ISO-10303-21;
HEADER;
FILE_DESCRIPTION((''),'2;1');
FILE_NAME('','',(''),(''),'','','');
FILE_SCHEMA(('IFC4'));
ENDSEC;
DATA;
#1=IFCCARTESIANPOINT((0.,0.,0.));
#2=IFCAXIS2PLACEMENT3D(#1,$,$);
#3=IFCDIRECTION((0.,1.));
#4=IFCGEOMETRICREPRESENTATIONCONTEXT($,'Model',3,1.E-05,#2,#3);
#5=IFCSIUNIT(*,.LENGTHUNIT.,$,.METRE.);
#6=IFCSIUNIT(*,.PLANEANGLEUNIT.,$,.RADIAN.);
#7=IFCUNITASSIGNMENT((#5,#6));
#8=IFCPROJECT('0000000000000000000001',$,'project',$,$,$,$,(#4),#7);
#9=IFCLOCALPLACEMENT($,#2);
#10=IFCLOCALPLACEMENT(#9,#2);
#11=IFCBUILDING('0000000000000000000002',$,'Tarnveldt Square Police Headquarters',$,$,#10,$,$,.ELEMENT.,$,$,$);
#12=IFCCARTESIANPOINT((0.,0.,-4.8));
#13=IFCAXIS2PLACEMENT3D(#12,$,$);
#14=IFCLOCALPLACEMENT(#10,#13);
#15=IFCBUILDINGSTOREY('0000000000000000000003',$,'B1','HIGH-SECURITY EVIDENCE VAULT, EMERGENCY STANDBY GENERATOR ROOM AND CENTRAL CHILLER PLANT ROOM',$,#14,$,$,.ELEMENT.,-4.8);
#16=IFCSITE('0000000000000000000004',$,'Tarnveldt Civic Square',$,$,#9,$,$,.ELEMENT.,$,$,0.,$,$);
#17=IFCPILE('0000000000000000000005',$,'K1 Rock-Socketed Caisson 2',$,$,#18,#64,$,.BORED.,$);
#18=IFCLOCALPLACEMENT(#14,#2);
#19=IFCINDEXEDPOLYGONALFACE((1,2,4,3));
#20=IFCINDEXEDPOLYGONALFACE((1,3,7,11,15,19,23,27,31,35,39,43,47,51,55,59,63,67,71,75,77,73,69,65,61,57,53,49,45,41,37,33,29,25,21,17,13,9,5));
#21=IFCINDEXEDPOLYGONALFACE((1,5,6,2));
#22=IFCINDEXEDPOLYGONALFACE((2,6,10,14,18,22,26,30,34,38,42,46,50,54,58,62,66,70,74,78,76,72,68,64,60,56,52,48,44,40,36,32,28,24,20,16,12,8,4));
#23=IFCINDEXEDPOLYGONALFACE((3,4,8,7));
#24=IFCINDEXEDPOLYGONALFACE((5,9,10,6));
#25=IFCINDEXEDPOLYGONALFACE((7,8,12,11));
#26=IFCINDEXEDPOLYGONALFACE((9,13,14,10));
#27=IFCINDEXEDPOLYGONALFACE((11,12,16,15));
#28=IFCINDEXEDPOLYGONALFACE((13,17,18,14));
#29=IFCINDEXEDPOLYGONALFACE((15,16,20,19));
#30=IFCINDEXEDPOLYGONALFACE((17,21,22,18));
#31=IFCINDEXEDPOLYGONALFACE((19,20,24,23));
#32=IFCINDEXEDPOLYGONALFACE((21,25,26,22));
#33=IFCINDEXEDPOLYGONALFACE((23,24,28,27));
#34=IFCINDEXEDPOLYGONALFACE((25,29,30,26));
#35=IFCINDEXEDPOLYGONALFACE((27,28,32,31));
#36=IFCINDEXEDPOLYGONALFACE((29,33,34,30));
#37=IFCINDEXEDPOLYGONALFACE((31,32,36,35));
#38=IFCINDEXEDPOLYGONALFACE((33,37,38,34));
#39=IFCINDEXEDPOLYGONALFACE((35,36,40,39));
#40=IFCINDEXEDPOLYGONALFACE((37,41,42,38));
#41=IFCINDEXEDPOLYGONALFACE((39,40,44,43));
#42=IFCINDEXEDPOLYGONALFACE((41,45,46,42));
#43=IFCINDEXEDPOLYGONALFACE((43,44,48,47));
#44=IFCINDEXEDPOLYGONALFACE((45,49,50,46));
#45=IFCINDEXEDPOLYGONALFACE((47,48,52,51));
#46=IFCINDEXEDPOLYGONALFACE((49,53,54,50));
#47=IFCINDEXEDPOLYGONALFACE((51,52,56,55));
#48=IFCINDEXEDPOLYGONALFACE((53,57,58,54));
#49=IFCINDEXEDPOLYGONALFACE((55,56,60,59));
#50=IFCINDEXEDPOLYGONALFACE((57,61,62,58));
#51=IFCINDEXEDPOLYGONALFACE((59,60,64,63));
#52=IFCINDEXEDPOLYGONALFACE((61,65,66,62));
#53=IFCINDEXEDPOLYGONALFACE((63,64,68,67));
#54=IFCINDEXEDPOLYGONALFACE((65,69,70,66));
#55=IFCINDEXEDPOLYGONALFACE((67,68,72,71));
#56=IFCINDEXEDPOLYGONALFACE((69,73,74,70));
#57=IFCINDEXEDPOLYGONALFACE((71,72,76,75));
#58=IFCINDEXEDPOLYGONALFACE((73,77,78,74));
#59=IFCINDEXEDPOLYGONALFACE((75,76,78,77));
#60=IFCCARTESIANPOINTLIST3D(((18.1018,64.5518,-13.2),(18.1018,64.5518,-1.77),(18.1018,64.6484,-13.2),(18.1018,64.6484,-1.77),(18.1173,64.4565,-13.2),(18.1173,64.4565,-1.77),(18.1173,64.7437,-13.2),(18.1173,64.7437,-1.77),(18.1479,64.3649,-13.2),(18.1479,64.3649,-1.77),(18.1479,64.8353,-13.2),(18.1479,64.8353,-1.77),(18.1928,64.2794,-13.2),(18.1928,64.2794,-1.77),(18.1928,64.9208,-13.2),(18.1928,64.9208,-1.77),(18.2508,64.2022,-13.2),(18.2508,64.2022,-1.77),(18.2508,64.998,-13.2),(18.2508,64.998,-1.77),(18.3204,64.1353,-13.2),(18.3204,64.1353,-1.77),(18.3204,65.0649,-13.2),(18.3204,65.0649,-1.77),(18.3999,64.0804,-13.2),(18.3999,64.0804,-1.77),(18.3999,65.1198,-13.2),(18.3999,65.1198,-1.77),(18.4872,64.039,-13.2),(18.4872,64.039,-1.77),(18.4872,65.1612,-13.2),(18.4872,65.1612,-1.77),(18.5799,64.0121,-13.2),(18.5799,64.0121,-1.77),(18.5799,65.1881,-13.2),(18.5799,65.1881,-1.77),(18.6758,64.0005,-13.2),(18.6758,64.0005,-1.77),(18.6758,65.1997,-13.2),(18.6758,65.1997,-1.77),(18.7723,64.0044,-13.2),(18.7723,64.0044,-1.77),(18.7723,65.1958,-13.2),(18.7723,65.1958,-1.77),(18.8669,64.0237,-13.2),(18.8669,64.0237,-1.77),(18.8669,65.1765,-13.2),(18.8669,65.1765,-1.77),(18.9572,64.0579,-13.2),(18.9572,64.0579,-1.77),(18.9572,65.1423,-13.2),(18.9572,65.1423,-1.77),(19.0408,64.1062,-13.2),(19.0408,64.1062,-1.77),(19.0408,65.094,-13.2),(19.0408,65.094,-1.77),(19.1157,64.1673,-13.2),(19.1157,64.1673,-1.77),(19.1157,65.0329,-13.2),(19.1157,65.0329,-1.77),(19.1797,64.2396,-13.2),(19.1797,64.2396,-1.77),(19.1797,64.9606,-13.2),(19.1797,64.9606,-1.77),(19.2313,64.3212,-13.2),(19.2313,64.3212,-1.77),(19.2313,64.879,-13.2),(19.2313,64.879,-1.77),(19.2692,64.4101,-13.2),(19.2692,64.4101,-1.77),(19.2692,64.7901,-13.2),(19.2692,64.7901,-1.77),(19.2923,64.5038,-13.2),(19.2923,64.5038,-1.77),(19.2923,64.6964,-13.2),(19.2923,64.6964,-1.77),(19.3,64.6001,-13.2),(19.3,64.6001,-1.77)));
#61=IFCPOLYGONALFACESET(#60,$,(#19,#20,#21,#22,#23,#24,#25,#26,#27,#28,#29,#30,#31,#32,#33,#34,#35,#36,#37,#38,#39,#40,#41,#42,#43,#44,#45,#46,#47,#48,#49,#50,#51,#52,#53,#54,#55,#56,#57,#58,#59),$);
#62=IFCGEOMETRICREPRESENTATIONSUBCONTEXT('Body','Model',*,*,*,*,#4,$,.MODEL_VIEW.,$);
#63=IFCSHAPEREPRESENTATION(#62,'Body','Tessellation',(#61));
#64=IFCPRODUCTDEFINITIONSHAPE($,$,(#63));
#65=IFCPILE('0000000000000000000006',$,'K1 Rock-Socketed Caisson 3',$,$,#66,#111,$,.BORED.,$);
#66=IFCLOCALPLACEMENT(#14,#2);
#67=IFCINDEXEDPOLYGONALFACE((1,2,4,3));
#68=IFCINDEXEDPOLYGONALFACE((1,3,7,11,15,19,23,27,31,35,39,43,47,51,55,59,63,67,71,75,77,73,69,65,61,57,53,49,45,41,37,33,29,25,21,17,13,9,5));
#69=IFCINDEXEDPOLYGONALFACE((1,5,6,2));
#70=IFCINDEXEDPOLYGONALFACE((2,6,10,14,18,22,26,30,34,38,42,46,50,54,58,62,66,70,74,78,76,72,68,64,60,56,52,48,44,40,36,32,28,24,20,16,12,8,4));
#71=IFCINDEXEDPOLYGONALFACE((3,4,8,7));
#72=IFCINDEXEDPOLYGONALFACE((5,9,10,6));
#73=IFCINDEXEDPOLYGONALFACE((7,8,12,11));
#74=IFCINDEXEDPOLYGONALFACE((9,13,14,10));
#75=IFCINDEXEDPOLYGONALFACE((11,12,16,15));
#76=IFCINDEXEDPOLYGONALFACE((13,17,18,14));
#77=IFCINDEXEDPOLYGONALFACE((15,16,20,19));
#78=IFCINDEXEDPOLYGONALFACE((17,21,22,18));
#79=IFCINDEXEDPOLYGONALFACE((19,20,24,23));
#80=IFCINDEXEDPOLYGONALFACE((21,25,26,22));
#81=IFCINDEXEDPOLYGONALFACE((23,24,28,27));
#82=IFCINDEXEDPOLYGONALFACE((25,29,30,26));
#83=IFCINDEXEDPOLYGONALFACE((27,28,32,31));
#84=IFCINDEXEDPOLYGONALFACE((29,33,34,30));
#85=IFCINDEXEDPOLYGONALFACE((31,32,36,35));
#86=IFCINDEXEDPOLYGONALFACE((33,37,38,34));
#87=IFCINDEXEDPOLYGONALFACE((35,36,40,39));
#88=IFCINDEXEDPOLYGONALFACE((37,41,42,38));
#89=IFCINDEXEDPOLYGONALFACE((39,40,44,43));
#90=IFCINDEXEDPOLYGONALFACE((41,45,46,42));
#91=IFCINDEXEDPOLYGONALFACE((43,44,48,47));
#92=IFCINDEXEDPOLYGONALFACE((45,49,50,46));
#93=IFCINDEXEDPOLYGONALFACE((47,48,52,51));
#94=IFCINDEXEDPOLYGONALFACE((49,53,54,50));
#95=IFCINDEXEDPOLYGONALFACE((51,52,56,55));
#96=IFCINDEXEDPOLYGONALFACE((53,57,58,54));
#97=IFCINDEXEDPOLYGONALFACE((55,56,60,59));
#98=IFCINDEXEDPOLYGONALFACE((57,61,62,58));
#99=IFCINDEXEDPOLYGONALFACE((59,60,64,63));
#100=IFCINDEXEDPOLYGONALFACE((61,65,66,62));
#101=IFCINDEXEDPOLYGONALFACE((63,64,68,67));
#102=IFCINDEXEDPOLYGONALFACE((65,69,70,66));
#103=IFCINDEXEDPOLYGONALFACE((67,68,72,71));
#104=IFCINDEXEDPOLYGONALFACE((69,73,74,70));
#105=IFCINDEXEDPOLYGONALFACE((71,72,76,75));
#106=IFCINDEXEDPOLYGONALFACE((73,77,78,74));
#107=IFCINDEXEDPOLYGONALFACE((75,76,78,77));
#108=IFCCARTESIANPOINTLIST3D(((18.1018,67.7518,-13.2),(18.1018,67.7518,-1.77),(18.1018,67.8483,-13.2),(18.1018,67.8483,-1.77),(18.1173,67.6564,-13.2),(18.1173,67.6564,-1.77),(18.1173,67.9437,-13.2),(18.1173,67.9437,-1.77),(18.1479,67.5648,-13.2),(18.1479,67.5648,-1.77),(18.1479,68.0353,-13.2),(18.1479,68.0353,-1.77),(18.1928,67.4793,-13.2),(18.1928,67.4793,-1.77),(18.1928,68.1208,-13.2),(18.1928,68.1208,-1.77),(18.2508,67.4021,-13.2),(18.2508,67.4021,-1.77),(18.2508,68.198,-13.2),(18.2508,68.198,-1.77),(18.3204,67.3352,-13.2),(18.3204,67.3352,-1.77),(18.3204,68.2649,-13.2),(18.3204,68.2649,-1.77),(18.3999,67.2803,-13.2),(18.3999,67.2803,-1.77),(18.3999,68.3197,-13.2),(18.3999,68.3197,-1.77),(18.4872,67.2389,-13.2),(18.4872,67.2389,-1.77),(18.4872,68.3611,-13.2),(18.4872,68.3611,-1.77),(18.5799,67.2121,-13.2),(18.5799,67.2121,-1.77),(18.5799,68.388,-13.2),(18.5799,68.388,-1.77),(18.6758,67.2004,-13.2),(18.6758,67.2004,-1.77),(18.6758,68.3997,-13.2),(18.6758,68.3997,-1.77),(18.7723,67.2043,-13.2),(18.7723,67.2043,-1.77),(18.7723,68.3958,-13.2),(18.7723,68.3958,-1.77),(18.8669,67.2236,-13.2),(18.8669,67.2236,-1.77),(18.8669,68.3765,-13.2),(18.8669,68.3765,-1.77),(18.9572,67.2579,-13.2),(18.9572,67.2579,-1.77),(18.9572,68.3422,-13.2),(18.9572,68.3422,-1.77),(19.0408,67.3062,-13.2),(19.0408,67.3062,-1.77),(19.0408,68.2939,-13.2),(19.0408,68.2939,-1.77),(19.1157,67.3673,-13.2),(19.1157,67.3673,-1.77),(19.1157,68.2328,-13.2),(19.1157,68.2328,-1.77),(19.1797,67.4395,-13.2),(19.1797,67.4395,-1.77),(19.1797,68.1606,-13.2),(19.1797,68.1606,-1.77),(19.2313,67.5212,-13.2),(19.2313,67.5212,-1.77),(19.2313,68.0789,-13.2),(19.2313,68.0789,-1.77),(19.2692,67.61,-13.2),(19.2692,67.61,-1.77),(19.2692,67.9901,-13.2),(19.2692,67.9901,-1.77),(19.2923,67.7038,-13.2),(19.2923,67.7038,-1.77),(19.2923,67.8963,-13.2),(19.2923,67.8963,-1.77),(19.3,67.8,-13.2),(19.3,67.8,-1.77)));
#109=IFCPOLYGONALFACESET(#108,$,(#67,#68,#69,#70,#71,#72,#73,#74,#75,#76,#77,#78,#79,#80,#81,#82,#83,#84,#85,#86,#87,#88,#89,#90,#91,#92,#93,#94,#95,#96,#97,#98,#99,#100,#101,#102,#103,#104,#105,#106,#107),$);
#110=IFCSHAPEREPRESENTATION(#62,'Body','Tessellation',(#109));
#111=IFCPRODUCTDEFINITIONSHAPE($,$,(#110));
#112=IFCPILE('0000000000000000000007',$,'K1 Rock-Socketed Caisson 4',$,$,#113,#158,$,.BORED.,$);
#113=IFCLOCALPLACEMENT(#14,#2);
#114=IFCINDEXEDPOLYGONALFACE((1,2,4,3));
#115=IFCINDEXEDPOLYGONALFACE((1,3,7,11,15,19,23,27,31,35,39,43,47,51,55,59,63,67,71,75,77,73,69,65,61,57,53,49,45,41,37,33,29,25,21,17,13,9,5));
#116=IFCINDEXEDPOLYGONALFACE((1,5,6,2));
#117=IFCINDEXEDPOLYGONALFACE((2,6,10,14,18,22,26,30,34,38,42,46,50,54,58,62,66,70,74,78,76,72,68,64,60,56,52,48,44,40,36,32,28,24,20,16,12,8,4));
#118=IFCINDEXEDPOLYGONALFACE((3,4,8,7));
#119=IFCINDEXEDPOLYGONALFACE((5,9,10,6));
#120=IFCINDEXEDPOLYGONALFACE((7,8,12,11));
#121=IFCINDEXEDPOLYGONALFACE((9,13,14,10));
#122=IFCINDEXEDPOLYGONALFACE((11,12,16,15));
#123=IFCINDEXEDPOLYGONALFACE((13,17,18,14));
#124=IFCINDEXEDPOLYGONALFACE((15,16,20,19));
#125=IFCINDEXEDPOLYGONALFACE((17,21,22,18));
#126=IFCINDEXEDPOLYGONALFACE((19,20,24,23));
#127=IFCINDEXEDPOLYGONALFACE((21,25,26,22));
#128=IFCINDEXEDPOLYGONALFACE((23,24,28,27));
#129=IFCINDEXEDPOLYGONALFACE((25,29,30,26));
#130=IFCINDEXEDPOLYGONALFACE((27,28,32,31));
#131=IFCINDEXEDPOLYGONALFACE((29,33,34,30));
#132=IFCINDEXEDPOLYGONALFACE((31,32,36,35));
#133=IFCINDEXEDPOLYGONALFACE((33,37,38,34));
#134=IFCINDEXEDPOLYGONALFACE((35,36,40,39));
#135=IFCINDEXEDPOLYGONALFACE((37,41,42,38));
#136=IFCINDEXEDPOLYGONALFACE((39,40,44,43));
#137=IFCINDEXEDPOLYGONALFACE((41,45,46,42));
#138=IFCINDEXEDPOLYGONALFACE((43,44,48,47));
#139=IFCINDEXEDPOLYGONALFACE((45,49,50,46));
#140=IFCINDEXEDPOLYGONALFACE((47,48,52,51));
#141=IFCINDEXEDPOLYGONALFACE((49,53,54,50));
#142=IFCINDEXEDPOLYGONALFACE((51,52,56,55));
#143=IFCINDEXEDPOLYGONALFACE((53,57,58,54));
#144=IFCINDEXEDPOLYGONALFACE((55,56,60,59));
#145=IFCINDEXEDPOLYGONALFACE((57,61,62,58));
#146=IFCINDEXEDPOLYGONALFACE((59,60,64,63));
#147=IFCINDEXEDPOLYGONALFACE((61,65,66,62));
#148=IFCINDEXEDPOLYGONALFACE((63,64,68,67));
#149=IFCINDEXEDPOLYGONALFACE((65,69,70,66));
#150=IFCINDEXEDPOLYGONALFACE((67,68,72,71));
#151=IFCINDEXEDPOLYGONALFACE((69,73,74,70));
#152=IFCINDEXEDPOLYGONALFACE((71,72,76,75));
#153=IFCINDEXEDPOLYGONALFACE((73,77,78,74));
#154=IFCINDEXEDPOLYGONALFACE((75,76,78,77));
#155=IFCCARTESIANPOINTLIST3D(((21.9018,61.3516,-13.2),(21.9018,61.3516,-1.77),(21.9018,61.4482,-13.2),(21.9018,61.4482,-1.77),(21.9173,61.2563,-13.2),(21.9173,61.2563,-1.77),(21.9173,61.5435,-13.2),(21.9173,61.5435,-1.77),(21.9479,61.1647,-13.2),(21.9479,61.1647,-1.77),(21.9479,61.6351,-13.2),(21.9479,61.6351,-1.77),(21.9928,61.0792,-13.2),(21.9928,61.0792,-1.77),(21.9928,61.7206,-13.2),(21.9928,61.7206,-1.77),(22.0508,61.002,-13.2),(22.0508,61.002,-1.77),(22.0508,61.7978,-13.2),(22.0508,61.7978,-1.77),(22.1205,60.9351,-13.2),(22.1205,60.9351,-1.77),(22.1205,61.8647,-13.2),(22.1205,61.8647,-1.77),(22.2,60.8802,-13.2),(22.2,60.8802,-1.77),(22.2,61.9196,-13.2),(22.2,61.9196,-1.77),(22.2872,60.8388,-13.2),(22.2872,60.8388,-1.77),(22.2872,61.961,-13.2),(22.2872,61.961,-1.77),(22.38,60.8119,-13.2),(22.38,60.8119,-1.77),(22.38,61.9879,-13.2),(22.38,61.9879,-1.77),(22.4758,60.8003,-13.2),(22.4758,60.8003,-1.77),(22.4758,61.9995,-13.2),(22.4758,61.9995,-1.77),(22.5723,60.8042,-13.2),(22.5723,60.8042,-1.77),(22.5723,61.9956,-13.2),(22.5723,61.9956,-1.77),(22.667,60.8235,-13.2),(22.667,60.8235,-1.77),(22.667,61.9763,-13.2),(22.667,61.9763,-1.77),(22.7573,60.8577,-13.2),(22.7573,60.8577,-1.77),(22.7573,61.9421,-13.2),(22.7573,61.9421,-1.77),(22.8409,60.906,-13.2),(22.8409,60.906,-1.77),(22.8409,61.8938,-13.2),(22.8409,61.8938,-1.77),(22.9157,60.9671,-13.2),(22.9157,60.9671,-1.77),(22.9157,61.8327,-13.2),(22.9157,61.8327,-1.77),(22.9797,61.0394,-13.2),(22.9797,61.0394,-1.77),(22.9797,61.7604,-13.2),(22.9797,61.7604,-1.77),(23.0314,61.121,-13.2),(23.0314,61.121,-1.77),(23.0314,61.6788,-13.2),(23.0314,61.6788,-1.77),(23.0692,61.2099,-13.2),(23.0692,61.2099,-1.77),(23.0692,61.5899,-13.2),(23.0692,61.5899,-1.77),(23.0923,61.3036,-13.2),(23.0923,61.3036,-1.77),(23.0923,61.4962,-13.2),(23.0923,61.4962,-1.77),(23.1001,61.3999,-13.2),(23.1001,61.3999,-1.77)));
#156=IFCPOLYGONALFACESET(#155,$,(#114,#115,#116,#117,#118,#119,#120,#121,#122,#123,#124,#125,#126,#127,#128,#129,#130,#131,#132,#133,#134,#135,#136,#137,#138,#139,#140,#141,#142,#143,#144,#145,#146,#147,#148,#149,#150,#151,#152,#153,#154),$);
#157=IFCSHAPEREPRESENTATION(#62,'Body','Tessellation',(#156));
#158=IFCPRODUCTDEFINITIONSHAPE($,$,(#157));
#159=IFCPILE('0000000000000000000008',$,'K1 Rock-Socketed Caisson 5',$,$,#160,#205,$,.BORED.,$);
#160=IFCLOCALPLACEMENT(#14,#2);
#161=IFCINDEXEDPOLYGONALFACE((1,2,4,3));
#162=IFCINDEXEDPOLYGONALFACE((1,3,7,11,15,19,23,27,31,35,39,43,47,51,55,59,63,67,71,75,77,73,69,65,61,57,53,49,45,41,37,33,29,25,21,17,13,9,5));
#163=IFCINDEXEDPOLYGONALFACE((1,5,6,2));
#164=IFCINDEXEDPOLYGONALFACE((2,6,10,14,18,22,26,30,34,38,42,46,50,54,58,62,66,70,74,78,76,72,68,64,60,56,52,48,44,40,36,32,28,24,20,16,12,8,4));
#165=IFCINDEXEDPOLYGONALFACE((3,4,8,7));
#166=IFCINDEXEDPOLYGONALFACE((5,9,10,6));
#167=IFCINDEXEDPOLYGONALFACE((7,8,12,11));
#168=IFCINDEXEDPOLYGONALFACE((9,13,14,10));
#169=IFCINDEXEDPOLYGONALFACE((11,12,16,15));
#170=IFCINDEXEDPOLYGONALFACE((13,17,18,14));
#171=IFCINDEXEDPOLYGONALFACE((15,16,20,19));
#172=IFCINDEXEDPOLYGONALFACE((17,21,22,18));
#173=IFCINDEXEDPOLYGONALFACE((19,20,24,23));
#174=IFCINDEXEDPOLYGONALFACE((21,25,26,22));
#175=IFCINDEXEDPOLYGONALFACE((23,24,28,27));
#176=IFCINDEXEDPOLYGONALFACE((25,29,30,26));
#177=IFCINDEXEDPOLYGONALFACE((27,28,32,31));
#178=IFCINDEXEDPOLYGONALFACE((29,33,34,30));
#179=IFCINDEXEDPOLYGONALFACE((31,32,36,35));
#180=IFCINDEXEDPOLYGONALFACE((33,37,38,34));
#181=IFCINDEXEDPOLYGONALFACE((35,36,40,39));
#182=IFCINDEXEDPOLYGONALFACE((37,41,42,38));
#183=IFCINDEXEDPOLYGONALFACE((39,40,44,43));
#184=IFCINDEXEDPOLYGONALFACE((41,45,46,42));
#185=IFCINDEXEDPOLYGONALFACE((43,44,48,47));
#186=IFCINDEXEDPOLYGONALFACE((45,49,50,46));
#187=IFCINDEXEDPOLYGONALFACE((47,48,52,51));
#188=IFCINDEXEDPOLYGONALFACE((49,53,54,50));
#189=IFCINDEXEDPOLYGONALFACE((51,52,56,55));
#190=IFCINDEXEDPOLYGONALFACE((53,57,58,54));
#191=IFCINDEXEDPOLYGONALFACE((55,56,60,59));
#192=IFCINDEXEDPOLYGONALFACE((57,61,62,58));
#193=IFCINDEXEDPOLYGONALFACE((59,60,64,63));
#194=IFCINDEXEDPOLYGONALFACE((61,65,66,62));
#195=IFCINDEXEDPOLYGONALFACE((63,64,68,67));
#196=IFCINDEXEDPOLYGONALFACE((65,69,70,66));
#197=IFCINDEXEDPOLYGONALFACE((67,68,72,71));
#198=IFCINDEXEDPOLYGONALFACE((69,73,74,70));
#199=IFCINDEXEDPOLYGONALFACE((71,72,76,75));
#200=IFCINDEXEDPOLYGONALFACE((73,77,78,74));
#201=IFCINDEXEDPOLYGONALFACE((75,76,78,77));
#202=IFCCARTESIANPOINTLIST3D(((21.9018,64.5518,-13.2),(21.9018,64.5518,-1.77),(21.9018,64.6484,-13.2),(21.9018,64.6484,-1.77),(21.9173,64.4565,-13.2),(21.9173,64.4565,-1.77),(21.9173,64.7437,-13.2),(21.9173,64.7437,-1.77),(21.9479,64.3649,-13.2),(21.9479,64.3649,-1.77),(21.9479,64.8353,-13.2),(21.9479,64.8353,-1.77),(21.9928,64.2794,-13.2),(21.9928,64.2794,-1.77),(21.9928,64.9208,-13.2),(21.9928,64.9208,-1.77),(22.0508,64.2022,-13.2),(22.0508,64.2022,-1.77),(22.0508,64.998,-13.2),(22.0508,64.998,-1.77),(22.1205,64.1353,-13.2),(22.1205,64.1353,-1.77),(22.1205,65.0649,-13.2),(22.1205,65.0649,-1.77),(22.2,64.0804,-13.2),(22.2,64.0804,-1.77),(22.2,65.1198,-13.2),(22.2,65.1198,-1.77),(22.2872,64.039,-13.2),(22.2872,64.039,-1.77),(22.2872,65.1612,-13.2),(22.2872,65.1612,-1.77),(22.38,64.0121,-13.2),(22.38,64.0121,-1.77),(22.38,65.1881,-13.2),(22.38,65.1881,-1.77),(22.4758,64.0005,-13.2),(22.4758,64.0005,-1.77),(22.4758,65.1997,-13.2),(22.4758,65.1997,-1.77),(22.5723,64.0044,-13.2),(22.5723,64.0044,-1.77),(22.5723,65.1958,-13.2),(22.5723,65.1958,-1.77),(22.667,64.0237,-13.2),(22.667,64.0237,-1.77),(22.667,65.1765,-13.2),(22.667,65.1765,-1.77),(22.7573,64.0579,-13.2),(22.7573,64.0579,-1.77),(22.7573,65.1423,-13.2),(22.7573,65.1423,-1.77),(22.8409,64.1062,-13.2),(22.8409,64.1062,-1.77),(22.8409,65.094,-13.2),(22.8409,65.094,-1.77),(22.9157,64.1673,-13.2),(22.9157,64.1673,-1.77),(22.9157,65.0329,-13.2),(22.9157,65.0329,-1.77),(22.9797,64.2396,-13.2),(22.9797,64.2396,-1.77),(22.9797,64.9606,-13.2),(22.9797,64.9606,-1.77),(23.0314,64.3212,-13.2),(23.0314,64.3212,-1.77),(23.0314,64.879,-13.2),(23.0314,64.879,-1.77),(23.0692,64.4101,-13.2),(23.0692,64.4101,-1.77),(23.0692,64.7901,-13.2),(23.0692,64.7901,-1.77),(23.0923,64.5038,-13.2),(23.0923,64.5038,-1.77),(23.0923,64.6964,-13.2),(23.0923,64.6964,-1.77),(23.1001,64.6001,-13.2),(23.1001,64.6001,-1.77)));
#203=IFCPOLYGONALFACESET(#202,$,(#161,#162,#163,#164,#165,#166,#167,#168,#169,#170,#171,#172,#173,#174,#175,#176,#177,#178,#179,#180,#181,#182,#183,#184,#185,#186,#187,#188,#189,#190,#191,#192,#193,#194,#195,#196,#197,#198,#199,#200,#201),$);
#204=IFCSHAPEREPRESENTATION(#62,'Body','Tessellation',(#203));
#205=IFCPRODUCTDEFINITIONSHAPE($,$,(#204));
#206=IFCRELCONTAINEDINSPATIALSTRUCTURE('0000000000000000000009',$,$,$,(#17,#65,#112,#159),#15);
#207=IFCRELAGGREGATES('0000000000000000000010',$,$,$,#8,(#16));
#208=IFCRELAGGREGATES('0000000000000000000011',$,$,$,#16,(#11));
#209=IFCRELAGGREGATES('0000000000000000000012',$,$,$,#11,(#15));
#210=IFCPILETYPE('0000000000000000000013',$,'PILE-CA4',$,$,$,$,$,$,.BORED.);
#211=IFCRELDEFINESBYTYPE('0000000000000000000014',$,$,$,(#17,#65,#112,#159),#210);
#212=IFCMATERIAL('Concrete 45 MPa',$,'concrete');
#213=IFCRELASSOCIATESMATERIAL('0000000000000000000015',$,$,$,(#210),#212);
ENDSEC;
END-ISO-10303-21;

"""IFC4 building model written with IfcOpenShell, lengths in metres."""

from ifc_helpers import new_model, si_unit, direction, frame, origin, origin_2d, place, context, subcontext, project, spatial, circle, extrude, material, material_profile, profile_set, type_object, element, save


model = new_model("IFC4")

# Units and contexts
model_context = context("Model", 3, precision=1e-05, world=origin(), true_north=direction((0.0, 1.0)))
body_context = subcontext(model_context, "Body", "Model", "MODEL_VIEW")
ifc_project = project(units=[si_unit("LENGTHUNIT", "METRE"), si_unit("PLANEANGLEUNIT", "RADIAN")], contexts=[model_context])

# Site, building, storey
site_placement = place(None, origin())
site = spatial("IfcSite", under=ifc_project, at=site_placement, Name="Tarnveldt Civic Square", CompositionType="ELEMENT", RefElevation=0.0)
building_placement = place(site_placement, origin())
building = spatial("IfcBuilding", under=site, at=building_placement, Name="Tarnveldt Square Police Headquarters", CompositionType="ELEMENT")
storey_placement = place(building_placement, frame((0.0, 0.0, -4.8)))
storey = spatial("IfcBuildingStorey", under=building, at=storey_placement, Name="B1", Description="HIGH-SECURITY EVIDENCE VAULT, EMERGENCY STANDBY GENERATOR ROOM AND CENTRAL CHILLER PLANT ROOM", CompositionType="ELEMENT", Elevation=-4.8)

# Piles
ifc_material_1 = material(Name="Concrete 45 MPa", Category="concrete")
ifc_material_profile_1 = material_profile(ifc_material_1, circle(Radius=0.6001, at=origin_2d()), Name="CAISSON-D1200")
ifc_profile_set_1 = profile_set([ifc_material_profile_1], Name="Concrete 45 MPa")
pile_type_1 = type_object("IfcPileType", Name="PILE-CA4", PredefinedType="BORED", material=ifc_profile_set_1)
for number, where, z_axis, x_axis, name in (
    (1, (18.7, 64.6001, -1.77), (0.0, 0.0, -1.0), (1.0, 0.0, 0.0), "K1 Rock-Socketed Caisson 2"),
    (2, (18.7, 67.8, -1.77), (0.0, 0.0, -1.0), (1.0, 0.0, 0.0), "K1 Rock-Socketed Caisson 3"),
    (3, (22.5, 61.3999, -1.77), (0.0, 0.0, -1.0), (1.0, 0.0, 0.0), "K1 Rock-Socketed Caisson 4"),
    (4, (22.5, 64.6001, -1.77), (0.0, 0.0, -1.0), (1.0, 0.0, 0.0), "K1 Rock-Socketed Caisson 5"),
):
    element("IfcPile", number, at=place(storey_placement, frame(where, z_axis=z_axis, x_axis=x_axis)), inside=storey, type_object=pile_type_1, Name=name, PredefinedType="BORED", context=body_context, shape_type="SweptSolid", body=[
        extrude(circle(Radius=0.6001, at=origin_2d()), origin(), (0.0, 0.0, 1.0), 11.4299),
    ])

save(model, "model.ifc")
